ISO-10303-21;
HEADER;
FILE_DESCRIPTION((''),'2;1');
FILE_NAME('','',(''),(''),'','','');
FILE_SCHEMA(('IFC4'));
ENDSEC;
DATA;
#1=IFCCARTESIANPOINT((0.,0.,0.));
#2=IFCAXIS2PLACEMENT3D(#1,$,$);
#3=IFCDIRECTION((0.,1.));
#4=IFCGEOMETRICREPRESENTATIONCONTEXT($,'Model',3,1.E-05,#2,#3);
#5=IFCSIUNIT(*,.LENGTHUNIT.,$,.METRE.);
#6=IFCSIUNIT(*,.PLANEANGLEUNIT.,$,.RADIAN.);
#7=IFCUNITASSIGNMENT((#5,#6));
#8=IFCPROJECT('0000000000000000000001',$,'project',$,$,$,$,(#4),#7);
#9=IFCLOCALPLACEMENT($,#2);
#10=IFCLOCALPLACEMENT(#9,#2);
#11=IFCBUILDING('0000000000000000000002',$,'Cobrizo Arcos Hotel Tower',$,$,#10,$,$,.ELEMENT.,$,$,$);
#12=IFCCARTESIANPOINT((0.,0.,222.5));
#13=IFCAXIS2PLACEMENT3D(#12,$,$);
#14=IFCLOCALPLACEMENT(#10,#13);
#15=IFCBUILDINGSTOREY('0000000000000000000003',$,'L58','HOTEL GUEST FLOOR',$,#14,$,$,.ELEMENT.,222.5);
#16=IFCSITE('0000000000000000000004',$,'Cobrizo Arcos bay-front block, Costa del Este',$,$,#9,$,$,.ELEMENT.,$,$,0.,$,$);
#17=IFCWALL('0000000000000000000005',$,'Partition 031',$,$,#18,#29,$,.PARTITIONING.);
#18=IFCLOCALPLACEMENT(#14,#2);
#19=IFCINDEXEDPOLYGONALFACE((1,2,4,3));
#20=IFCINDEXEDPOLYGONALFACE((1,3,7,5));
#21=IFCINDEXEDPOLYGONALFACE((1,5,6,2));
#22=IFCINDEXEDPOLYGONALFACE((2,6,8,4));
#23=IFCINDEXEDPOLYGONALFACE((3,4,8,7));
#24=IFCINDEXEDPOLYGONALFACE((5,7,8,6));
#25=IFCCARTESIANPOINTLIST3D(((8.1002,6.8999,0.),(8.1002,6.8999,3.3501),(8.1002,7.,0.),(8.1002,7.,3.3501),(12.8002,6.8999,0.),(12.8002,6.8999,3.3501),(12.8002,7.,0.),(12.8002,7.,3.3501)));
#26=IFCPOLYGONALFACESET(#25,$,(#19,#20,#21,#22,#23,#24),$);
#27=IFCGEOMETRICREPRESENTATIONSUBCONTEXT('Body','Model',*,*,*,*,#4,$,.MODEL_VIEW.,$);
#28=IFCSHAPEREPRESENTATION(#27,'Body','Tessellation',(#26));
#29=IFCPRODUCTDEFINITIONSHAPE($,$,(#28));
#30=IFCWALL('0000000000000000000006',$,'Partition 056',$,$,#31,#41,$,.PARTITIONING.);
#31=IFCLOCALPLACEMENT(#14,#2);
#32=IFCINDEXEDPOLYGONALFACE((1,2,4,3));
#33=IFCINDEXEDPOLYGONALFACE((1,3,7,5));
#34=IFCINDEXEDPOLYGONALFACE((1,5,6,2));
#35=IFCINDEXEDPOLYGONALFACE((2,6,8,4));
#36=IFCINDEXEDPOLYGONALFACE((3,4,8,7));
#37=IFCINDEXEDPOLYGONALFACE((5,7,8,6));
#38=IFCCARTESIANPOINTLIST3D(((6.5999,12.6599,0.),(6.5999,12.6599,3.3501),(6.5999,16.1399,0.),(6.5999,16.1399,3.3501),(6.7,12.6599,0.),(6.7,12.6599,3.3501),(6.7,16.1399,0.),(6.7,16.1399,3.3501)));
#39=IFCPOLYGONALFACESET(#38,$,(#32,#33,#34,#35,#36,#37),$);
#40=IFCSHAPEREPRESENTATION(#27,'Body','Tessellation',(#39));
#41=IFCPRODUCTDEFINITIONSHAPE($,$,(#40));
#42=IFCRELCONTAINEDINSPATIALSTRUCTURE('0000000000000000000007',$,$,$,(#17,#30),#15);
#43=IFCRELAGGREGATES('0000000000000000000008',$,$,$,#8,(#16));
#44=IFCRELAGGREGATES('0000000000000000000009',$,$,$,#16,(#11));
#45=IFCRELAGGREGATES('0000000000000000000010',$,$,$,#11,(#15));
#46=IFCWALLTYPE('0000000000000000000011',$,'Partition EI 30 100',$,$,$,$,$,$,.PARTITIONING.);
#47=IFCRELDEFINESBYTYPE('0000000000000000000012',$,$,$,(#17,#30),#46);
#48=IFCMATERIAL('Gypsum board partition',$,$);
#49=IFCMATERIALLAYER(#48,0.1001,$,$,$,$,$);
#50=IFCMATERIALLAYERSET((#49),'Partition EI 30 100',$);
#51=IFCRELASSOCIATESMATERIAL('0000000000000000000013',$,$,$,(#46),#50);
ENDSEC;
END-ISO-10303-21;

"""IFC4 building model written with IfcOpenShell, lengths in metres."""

from ifc_helpers import new_model, si_unit, direction, frame, frame_2d, origin, place, context, subcontext, project, spatial, rectangle, extrude, material, layer, layer_set, type_object, element, save


model = new_model("IFC4")

# Units and contexts
model_context = context("Model", 3, precision=1e-05, world=origin(), true_north=direction((0.0, 1.0)))
body_context = subcontext(model_context, "Body", "Model", "MODEL_VIEW")
ifc_project = project(units=[si_unit("LENGTHUNIT", "METRE"), si_unit("PLANEANGLEUNIT", "RADIAN")], contexts=[model_context])

# Site, building, storey
site_placement = place(None, origin())
site = spatial("IfcSite", under=ifc_project, at=site_placement, Name="Cobrizo Arcos bay-front block, Costa del Este", CompositionType="ELEMENT", RefElevation=0.0)
building_placement = place(site_placement, origin())
building = spatial("IfcBuilding", under=site, at=building_placement, Name="Cobrizo Arcos Hotel Tower", CompositionType="ELEMENT")
storey_placement = place(building_placement, frame((0.0, 0.0, 222.5)))
storey = spatial("IfcBuildingStorey", under=building, at=storey_placement, Name="L58", Description="HOTEL GUEST FLOOR", CompositionType="ELEMENT", Elevation=222.5)

# Shared definitions
ifc_material_1 = material(Name="Gypsum board partition")

# Walls
ifc_layer_1 = layer(ifc_material_1, 0.1001)
ifc_layer_set_1 = layer_set([ifc_layer_1], Name="Partition EI 30 100")
wall_type_1 = type_object("IfcWallType", Name="Partition EI 30 100", PredefinedType="PARTITIONING", material=ifc_layer_set_1)
wall_1_placement = place(storey_placement, frame((8.1001, 6.95, 0.0), z_axis=(0.0, 0.0, 1.0), x_axis=(1.0, 0.0, 0.0)))
element("IfcWall", 1, at=wall_1_placement, inside=storey, type_object=wall_type_1, Name="Partition 031", PredefinedType="PARTITIONING", context=body_context, shape_type="SweptSolid", body=[
    extrude(rectangle(XDim=4.7, YDim=0.1001, at=frame_2d((2.3501, 0.0))), origin(), (0.0, 0.0, 1.0), 3.3501),
])
wall_2_placement = place(storey_placement, frame((6.6499, 12.6599, 0.0), z_axis=(0.0, 0.0, 1.0), x_axis=(0.0, 1.0, 0.0)))
element("IfcWall", 2, at=wall_2_placement, inside=storey, type_object=wall_type_1, Name="Partition 056", PredefinedType="PARTITIONING", context=body_context, shape_type="SweptSolid", body=[
    extrude(rectangle(XDim=3.48, YDim=0.1001, at=frame_2d((1.74, 0.0))), origin(), (0.0, 0.0, 1.0), 3.3501),
])

save(model, "model.ifc")
